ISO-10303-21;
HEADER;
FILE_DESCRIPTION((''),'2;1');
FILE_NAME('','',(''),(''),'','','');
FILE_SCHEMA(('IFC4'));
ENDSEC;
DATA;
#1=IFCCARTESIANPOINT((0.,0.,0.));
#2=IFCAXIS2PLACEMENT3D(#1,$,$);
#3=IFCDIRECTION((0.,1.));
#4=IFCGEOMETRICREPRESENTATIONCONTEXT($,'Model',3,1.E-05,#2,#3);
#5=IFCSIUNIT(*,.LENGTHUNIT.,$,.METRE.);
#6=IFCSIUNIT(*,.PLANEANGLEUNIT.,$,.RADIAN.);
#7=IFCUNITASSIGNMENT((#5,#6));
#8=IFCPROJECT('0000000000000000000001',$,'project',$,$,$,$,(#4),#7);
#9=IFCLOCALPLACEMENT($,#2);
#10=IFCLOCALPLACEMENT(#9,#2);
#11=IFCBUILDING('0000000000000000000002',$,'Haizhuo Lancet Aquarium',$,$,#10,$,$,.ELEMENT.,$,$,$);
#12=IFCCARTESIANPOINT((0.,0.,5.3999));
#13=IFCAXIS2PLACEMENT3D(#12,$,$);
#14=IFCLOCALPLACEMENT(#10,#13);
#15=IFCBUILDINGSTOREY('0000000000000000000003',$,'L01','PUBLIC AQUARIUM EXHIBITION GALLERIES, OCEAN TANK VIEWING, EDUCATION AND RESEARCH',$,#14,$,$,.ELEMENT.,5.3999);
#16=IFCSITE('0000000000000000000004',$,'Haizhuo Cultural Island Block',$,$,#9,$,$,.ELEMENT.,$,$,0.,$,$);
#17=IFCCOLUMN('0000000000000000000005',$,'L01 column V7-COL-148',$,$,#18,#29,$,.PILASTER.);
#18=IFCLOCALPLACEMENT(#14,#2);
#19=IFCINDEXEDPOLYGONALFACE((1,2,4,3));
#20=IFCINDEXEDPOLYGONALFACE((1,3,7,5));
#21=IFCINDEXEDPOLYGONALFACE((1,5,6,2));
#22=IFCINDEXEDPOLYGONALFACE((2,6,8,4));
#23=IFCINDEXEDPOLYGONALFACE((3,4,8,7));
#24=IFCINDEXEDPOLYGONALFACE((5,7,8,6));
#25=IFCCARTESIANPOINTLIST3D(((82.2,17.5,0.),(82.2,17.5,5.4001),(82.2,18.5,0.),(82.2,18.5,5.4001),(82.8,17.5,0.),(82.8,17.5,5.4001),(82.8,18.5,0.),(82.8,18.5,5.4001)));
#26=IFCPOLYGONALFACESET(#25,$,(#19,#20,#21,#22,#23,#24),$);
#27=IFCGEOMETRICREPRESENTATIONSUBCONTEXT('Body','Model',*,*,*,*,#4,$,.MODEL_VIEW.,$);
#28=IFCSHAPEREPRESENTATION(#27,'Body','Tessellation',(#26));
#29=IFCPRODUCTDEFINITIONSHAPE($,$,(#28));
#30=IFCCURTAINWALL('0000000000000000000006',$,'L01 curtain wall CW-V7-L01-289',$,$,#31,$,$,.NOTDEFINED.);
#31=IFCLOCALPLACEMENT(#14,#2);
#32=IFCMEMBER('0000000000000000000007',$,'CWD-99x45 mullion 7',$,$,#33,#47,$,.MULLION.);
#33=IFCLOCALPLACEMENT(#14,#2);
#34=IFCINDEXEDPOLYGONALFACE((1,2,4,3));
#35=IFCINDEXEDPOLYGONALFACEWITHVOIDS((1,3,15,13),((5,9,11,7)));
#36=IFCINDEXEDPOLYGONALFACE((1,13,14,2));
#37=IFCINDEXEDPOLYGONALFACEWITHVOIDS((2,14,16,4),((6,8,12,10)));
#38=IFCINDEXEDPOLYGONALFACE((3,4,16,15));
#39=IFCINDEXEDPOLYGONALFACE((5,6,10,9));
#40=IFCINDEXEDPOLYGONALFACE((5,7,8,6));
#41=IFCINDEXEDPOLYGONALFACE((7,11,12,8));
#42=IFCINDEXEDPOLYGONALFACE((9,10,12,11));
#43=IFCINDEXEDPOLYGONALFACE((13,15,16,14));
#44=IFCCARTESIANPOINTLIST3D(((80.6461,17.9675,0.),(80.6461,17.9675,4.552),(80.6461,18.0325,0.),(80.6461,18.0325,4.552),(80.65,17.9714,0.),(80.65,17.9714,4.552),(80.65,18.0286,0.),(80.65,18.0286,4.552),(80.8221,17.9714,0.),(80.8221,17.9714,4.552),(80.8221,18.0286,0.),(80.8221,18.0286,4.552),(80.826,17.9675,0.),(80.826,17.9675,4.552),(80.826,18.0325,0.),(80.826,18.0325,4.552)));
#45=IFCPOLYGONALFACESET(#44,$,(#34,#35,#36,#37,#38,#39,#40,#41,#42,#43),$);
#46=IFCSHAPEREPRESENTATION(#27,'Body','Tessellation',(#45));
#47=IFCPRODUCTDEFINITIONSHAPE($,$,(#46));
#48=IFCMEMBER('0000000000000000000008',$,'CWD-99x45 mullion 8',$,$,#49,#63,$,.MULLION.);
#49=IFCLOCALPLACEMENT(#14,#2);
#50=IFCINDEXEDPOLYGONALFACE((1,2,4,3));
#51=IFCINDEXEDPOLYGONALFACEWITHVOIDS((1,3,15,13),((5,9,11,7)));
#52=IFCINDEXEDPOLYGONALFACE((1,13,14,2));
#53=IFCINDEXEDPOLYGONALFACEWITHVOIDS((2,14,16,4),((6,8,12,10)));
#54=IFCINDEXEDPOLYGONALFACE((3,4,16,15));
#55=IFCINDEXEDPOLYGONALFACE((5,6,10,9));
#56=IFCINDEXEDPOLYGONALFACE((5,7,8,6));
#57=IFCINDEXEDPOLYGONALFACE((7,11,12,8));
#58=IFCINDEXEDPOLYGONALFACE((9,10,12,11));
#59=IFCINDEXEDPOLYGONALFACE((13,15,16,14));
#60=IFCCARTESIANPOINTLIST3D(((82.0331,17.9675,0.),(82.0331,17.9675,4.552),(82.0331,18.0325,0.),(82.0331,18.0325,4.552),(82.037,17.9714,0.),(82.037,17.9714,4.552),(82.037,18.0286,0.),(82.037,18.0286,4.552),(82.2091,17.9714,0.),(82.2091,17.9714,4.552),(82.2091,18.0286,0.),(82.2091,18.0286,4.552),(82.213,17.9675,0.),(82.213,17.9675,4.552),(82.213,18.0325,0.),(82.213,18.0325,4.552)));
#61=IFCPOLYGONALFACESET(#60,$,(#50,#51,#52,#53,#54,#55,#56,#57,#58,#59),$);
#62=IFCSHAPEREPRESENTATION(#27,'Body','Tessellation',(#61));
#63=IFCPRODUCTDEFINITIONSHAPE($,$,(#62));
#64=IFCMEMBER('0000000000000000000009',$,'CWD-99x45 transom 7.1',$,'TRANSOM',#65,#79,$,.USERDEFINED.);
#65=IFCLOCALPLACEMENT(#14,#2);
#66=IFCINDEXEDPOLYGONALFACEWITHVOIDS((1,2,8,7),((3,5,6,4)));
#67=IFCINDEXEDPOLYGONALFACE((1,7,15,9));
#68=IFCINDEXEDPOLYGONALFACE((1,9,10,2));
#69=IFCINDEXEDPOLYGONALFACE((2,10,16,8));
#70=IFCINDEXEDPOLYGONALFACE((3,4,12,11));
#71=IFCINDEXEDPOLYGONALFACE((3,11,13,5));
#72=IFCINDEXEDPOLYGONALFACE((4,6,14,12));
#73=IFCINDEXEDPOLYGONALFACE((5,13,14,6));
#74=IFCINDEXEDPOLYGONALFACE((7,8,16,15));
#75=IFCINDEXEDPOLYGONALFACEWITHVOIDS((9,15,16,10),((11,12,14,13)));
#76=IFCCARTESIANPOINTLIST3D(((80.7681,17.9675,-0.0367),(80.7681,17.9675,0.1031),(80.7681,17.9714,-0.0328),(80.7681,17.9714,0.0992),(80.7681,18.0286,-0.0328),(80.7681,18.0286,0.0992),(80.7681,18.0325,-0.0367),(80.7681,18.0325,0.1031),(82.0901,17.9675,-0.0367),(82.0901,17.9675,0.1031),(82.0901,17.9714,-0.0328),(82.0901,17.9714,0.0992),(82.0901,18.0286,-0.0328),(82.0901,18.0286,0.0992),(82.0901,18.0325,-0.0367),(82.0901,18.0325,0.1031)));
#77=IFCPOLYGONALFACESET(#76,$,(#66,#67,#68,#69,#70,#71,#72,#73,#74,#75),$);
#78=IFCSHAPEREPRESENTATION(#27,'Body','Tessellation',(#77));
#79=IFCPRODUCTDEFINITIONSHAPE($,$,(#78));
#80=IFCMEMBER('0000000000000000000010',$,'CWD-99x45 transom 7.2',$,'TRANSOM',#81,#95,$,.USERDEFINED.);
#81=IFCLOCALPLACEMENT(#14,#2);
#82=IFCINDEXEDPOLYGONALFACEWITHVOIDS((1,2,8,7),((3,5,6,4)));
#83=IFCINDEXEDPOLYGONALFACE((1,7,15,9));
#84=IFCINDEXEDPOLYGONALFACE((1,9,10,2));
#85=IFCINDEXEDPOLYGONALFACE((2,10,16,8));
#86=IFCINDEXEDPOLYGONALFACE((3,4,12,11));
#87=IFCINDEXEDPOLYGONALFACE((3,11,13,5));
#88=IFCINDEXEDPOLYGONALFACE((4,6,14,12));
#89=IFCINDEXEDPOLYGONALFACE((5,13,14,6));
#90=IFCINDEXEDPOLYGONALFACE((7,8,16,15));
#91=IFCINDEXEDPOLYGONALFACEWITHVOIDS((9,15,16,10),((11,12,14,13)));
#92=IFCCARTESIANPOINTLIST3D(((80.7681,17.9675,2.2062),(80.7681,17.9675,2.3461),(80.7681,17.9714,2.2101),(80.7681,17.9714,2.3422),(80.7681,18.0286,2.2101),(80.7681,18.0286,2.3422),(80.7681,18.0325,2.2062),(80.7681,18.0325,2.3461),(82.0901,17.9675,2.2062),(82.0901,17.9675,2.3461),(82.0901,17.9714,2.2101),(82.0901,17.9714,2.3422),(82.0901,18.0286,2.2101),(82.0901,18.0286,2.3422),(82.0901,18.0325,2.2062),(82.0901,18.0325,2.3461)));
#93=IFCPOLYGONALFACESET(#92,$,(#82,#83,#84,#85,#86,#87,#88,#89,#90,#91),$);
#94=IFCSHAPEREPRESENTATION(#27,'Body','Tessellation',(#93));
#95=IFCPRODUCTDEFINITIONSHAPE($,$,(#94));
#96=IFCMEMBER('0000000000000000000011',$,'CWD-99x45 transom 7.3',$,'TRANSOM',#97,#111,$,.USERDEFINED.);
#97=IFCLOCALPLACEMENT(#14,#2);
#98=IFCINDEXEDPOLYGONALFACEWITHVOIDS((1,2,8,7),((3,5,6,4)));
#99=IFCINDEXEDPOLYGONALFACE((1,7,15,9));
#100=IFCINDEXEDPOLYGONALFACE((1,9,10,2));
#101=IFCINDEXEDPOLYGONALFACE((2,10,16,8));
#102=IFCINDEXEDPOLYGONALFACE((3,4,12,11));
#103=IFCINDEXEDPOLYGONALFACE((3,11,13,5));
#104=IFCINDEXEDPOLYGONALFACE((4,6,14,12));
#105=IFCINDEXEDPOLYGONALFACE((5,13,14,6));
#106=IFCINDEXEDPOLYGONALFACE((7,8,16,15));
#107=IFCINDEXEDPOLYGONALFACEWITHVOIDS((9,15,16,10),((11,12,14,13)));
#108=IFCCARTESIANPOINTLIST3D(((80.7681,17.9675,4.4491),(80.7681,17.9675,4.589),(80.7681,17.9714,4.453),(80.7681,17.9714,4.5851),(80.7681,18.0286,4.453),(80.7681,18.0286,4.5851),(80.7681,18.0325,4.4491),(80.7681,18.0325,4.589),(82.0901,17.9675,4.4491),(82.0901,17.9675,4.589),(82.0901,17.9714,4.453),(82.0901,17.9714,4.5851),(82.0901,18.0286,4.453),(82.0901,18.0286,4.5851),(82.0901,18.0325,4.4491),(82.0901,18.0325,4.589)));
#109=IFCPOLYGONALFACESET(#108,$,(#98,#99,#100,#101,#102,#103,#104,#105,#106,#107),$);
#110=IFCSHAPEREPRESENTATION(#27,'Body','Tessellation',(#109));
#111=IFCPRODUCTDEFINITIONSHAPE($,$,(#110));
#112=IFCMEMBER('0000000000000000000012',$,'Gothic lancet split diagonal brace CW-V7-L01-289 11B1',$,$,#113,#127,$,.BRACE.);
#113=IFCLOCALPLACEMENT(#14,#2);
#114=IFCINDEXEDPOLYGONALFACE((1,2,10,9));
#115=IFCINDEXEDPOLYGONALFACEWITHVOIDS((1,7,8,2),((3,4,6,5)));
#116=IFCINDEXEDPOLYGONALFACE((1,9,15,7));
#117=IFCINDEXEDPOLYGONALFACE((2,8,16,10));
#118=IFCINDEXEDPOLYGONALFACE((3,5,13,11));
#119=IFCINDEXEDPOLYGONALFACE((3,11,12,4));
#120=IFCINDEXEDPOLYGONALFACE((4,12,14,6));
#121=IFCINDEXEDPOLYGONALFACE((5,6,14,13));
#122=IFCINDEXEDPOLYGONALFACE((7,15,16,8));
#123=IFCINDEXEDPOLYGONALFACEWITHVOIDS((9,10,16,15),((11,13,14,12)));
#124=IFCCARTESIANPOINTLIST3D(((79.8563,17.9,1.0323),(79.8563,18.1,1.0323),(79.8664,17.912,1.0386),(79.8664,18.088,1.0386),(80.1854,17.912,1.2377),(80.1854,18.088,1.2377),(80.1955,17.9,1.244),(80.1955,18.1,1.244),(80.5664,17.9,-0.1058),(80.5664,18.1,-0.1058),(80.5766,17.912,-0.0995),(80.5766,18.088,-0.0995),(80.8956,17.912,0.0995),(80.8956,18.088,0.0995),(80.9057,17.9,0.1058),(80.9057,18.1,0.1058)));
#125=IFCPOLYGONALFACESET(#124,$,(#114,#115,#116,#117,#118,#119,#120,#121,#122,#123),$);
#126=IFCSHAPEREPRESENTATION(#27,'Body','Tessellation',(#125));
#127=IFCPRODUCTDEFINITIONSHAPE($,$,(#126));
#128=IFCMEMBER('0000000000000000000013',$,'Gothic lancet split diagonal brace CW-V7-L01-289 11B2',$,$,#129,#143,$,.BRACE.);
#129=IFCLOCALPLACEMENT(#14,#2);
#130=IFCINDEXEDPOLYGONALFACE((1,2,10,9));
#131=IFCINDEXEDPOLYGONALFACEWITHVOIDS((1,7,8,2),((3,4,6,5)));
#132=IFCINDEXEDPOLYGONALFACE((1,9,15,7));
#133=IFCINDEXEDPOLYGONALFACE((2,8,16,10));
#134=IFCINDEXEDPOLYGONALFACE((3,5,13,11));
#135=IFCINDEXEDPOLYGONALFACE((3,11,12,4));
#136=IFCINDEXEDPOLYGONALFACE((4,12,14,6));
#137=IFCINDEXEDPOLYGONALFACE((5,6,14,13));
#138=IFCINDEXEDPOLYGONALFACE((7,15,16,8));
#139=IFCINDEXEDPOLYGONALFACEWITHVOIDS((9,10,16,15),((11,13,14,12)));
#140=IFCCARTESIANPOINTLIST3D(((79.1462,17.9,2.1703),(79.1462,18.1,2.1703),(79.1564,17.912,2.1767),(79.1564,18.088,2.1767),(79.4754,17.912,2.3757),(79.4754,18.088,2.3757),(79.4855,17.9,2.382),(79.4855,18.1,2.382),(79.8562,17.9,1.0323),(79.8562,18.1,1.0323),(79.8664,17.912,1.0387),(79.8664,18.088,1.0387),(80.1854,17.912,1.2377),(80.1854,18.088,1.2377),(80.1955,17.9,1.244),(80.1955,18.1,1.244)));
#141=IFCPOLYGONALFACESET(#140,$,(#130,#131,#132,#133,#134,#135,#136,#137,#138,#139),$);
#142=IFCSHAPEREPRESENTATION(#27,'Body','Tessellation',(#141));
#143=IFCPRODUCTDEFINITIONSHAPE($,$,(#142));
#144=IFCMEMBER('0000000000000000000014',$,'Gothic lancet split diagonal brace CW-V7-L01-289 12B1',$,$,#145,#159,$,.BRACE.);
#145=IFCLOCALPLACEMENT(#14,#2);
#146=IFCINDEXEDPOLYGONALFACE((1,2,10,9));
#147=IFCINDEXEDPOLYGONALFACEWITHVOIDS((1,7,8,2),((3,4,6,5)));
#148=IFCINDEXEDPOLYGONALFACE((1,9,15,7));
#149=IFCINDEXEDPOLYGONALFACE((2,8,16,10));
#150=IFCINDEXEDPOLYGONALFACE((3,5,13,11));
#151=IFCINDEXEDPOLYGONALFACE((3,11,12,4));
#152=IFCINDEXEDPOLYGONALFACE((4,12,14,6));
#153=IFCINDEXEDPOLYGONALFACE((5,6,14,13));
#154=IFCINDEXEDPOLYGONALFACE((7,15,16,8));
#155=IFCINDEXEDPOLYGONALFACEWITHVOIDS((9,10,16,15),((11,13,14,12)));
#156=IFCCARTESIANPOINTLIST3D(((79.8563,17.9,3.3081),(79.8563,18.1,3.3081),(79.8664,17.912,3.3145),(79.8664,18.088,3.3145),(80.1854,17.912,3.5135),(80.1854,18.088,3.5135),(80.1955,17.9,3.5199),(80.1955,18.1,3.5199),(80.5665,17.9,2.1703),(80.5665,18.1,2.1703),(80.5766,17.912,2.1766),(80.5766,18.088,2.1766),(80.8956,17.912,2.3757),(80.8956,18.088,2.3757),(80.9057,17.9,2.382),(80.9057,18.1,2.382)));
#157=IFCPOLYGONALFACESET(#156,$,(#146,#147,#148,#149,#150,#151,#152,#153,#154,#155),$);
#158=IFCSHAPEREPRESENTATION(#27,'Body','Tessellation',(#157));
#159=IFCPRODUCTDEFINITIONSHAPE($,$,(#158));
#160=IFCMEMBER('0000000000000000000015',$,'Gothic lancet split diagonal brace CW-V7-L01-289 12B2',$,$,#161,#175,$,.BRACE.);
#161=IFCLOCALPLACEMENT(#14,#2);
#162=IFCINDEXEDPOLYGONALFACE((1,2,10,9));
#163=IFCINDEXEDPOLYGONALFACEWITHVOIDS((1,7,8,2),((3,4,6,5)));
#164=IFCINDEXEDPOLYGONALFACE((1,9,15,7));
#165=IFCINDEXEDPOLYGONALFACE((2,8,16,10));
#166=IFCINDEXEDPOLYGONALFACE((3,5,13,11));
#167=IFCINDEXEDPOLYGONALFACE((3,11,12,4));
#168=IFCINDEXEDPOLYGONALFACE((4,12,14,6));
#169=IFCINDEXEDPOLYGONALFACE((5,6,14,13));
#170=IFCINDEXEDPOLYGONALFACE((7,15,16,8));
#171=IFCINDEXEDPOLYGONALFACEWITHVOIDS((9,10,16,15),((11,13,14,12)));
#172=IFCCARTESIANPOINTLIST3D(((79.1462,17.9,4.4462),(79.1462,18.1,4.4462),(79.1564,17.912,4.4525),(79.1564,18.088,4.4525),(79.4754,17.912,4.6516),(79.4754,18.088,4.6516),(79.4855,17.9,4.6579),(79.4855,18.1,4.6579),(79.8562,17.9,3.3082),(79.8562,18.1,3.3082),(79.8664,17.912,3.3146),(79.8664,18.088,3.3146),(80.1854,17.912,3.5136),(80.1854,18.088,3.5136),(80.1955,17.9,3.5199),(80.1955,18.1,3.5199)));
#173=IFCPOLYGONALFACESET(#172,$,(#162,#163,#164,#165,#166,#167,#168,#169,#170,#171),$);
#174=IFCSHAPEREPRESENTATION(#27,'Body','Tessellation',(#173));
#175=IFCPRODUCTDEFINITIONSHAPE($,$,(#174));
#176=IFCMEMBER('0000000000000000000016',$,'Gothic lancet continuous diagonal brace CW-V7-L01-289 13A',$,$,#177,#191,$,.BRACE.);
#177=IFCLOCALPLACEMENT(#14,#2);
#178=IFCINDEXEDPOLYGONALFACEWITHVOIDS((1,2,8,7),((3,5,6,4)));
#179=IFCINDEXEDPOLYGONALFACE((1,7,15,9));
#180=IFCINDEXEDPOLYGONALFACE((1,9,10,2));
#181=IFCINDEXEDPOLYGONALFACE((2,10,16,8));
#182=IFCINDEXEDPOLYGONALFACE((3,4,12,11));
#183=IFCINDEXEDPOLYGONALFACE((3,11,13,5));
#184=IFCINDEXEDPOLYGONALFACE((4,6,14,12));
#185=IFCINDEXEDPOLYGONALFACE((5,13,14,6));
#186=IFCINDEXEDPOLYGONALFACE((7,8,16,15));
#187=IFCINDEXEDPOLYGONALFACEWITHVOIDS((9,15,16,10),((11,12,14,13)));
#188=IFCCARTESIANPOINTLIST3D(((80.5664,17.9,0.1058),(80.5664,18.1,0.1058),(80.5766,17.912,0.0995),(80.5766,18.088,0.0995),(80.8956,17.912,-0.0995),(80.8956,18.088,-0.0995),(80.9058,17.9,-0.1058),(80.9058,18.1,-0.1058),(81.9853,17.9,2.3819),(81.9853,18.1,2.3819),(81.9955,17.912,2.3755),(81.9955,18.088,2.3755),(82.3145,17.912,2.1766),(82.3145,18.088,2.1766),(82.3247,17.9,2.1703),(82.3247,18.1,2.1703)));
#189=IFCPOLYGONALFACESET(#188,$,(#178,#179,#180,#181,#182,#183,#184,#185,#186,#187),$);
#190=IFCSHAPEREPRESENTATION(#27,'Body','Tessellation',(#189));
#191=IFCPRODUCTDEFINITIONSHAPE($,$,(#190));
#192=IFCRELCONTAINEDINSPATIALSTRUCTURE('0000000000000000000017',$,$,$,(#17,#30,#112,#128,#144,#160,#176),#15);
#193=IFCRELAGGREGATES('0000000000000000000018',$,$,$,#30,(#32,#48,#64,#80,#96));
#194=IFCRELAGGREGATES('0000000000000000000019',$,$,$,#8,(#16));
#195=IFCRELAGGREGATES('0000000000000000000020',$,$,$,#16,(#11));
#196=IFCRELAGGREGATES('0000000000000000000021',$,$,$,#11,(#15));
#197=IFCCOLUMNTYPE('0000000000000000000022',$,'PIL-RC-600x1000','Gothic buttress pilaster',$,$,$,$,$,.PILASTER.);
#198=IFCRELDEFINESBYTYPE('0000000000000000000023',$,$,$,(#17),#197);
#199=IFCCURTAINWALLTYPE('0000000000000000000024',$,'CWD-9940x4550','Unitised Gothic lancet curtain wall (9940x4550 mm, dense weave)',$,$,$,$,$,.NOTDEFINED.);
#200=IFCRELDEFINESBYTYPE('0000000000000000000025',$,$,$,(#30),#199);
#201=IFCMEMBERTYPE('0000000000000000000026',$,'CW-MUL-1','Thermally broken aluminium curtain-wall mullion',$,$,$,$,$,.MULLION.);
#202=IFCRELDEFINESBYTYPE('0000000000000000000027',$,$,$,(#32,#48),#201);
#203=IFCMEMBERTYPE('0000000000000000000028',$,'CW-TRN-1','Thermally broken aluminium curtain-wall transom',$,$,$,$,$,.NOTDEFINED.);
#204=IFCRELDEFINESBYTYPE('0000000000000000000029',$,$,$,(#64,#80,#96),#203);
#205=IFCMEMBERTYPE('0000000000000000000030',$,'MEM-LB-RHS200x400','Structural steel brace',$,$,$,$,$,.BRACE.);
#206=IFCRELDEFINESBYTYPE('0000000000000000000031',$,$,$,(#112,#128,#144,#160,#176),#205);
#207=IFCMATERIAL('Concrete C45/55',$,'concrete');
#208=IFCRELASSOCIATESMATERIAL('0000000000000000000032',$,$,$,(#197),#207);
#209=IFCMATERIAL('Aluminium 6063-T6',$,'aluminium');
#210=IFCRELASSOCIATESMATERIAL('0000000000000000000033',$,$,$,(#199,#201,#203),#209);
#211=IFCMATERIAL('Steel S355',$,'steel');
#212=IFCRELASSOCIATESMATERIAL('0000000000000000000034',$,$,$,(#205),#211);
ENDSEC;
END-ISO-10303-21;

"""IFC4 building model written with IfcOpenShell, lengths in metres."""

from ifc_helpers import new_model, si_unit, direction, frame, origin, origin_2d, place, context, subcontext, project, spatial, rectangle, hollow_rectangle, extrude, material, material_profile, profile_set, type_object, element, aggregate, save


model = new_model("IFC4")

# Units and contexts
model_context = context("Model", 3, precision=1e-05, world=origin(), true_north=direction((0.0, 1.0)))
body_context = subcontext(model_context, "Body", "Model", "MODEL_VIEW")
ifc_project = project(units=[si_unit("LENGTHUNIT", "METRE"), si_unit("PLANEANGLEUNIT", "RADIAN")], contexts=[model_context])

# Site, building, storey
site_placement = place(None, origin())
site = spatial("IfcSite", under=ifc_project, at=site_placement, Name="Haizhuo Cultural Island Block", CompositionType="ELEMENT", RefElevation=0.0)
building_placement = place(site_placement, origin())
building = spatial("IfcBuilding", under=site, at=building_placement, Name="Haizhuo Lancet Aquarium", CompositionType="ELEMENT")
storey_placement = place(building_placement, frame((0.0, 0.0, 5.3999)))
storey = spatial("IfcBuildingStorey", under=building, at=storey_placement, Name="L01", Description="PUBLIC AQUARIUM EXHIBITION GALLERIES, OCEAN TANK VIEWING, EDUCATION AND RESEARCH", CompositionType="ELEMENT", Elevation=5.3999)

# Column
ifc_material_1 = material(Name="Concrete C45/55", Category="concrete")
ifc_material_profile_1 = material_profile(ifc_material_1, rectangle(XDim=0.6001, YDim=1.0, at=origin_2d()), Name="RC-PIL 600x1000")
ifc_profile_set_1 = profile_set([ifc_material_profile_1], Name="Concrete C45/55")
column_type = type_object("IfcColumnType", Name="PIL-RC-600x1000", Description="Gothic buttress pilaster", PredefinedType="PILASTER", material=ifc_profile_set_1)
column_placement = place(storey_placement, frame((82.5, 18.0, 0.0), z_axis=(0.0, 0.0, 1.0), x_axis=(1.0, 0.0, 0.0)))
element("IfcColumn", 1, at=column_placement, inside=storey, type_object=column_type, Name="L01 column V7-COL-148", PredefinedType="PILASTER", context=body_context, shape_type="SweptSolid", body=[
    extrude(rectangle(XDim=0.6001, YDim=1.0, at=origin_2d()), origin(), (0.0, 0.0, 1.0), 5.4001),
])

# Curtain wall, members
ifc_material_2 = material(Name="Aluminium 6063-T6", Category="aluminium")
curtain_wall_type = type_object("IfcCurtainWallType", Name="CWD-9940x4550", Description="Unitised Gothic lancet curtain wall (9940x4550 mm, dense weave)", PredefinedType="NOTDEFINED", material=ifc_material_2)
curtain_wall_placement = place(storey_placement, origin())
curtain_wall = element("IfcCurtainWall", 2, at=curtain_wall_placement, inside=storey, type_object=curtain_wall_type, Name="L01 curtain wall CW-V7-L01-289", PredefinedType="NOTDEFINED")
ifc_material_profile_2 = material_profile(ifc_material_2, hollow_rectangle(XDim=0.0649, YDim=0.1799, WallThickness=0.0039, at=origin_2d()), Name="ALU-M 65x180x4")
ifc_profile_set_2 = profile_set([ifc_material_profile_2], Name="Aluminium 6063-T6")
member_type_1 = type_object("IfcMemberType", Name="CW-MUL-1", Description="Thermally broken aluminium curtain-wall mullion", PredefinedType="MULLION", material=ifc_profile_set_2)
member_1_placement = place(storey_placement, frame((80.7361, 18.0, 0.0), z_axis=(0.0, 0.0, 1.0), x_axis=(0.0, 1.0, 0.0)))
member_1 = element("IfcMember", 3, at=member_1_placement, type_object=member_type_1, Name="CWD-99x45 mullion 7", PredefinedType="MULLION", context=body_context, shape_type="SweptSolid", body=[
    extrude(hollow_rectangle(XDim=0.0649, YDim=0.1799, WallThickness=0.0039, at=origin_2d()), origin(), (0.0, 0.0, 1.0), 4.552),
])
member_2_placement = place(storey_placement, frame((82.123, 18.0, 0.0), z_axis=(0.0, 0.0, 1.0), x_axis=(0.0, 1.0, 0.0)))
member_2 = element("IfcMember", 4, at=member_2_placement, type_object=member_type_1, Name="CWD-99x45 mullion 8", PredefinedType="MULLION", context=body_context, shape_type="SweptSolid", body=[
    extrude(hollow_rectangle(XDim=0.0649, YDim=0.1799, WallThickness=0.0039, at=origin_2d()), origin(), (0.0, 0.0, 1.0), 4.552),
])
ifc_material_profile_3 = material_profile(ifc_material_2, hollow_rectangle(XDim=0.0649, YDim=0.1399, WallThickness=0.0039, at=origin_2d()), Name="ALU-T 65x140x4")
ifc_profile_set_3 = profile_set([ifc_material_profile_3], Name="Aluminium 6063-T6")
member_type_2 = type_object("IfcMemberType", Name="CW-TRN-1", Description="Thermally broken aluminium curtain-wall transom", PredefinedType="NOTDEFINED", material=ifc_profile_set_3)
member_3_placement = place(storey_placement, frame((80.7681, 18.0, 0.0332), z_axis=(1.0, 0.0, 0.0), x_axis=(0.0, 1.0, 0.0)))
member_3 = element("IfcMember", 5, at=member_3_placement, type_object=member_type_2, Name="CWD-99x45 transom 7.1", ObjectType="TRANSOM", PredefinedType="USERDEFINED", context=body_context, shape_type="SweptSolid", body=[
    extrude(hollow_rectangle(XDim=0.0649, YDim=0.1399, WallThickness=0.0039, at=origin_2d()), origin(), (0.0, 0.0, 1.0), 1.322),
])
member_4_placement = place(storey_placement, frame((80.7681, 18.0, 2.2761), z_axis=(1.0, 0.0, 0.0), x_axis=(0.0, 1.0, 0.0)))
member_4 = element("IfcMember", 6, at=member_4_placement, type_object=member_type_2, Name="CWD-99x45 transom 7.2", ObjectType="TRANSOM", PredefinedType="USERDEFINED", context=body_context, shape_type="SweptSolid", body=[
    extrude(hollow_rectangle(XDim=0.0649, YDim=0.1399, WallThickness=0.0039, at=origin_2d()), origin(), (0.0, 0.0, 1.0), 1.322),
])
member_5_placement = place(storey_placement, frame((80.7681, 18.0, 4.519), z_axis=(1.0, 0.0, 0.0), x_axis=(0.0, 1.0, 0.0)))
member_5 = element("IfcMember", 7, at=member_5_placement, type_object=member_type_2, Name="CWD-99x45 transom 7.3", ObjectType="TRANSOM", PredefinedType="USERDEFINED", context=body_context, shape_type="SweptSolid", body=[
    extrude(hollow_rectangle(XDim=0.0649, YDim=0.1399, WallThickness=0.0039, at=origin_2d()), origin(), (0.0, 0.0, 1.0), 1.322),
])

# Members
ifc_material_3 = material(Name="Steel S355", Category="steel")
ifc_material_profile_4 = material_profile(ifc_material_3, hollow_rectangle(XDim=0.2, YDim=0.3999, WallThickness=0.012, at=origin_2d()), Name="RHS 200x400x12")
ifc_profile_set_4 = profile_set([ifc_material_profile_4], Name="Steel S355")
member_type_3 = type_object("IfcMemberType", Name="MEM-LB-RHS200x400", Description="Structural steel brace", PredefinedType="BRACE", material=ifc_profile_set_4)
member_6_placement = place(storey_placement, frame((80.7361, 18.0, 0.0), z_axis=(-0.529377, 0.0, 0.848387), x_axis=(0.0, -1.0, 0.0)))
element("IfcMember", 8, at=member_6_placement, inside=storey, type_object=member_type_3, Name="Gothic lancet split diagonal brace CW-V7-L01-289 11B1", PredefinedType="BRACE", context=body_context, shape_type="SweptSolid", body=[
    extrude(hollow_rectangle(XDim=0.2, YDim=0.3999, WallThickness=0.012, at=origin_2d()), origin(), (0.0, 0.0, 1.0), 1.3416),
])
for number, where, z_axis, x_axis, name in (
    (9, (80.0259, 18.0, 1.1382), (-0.529328, 0.0, 0.848417), (0.0, -1.0, 0.0), "Gothic lancet split diagonal brace CW-V7-L01-289 11B2"),
    (10, (80.7361, 18.0, 2.2761), (-0.529459, 0.0, 0.848336), (0.0, -1.0, 0.0), "Gothic lancet split diagonal brace CW-V7-L01-289 12B1"),
    (11, (80.0259, 18.0, 3.4141), (-0.529328, 0.0, 0.848417), (0.0, -1.0, 0.0), "Gothic lancet split diagonal brace CW-V7-L01-289 12B2"),
):
    element("IfcMember", number, at=place(storey_placement, frame(where, z_axis=z_axis, x_axis=x_axis)), inside=storey, type_object=member_type_3, Name=name, PredefinedType="BRACE", context=body_context, shape_type="SweptSolid", body=[
        extrude(hollow_rectangle(XDim=0.2, YDim=0.3999, WallThickness=0.012, at=origin_2d()), origin(), (0.0, 0.0, 1.0), 1.3413),
    ])
member_7_placement = place(storey_placement, frame((80.7361, 18.0, 0.0), z_axis=(0.529025, 0.0, 0.848606), x_axis=(0.0, 1.0, 0.0)))
element("IfcMember", 12, at=member_7_placement, inside=storey, type_object=member_type_3, Name="Gothic lancet continuous diagonal brace CW-V7-L01-289 13A", PredefinedType="BRACE", context=body_context, shape_type="SweptSolid", body=[
    extrude(hollow_rectangle(XDim=0.2, YDim=0.3999, WallThickness=0.012, at=origin_2d()), origin(), (0.0, 0.0, 1.0), 2.6821),
])

aggregate(curtain_wall, [member_1, member_2, member_3, member_4, member_5])

save(model, "model.ifc")
